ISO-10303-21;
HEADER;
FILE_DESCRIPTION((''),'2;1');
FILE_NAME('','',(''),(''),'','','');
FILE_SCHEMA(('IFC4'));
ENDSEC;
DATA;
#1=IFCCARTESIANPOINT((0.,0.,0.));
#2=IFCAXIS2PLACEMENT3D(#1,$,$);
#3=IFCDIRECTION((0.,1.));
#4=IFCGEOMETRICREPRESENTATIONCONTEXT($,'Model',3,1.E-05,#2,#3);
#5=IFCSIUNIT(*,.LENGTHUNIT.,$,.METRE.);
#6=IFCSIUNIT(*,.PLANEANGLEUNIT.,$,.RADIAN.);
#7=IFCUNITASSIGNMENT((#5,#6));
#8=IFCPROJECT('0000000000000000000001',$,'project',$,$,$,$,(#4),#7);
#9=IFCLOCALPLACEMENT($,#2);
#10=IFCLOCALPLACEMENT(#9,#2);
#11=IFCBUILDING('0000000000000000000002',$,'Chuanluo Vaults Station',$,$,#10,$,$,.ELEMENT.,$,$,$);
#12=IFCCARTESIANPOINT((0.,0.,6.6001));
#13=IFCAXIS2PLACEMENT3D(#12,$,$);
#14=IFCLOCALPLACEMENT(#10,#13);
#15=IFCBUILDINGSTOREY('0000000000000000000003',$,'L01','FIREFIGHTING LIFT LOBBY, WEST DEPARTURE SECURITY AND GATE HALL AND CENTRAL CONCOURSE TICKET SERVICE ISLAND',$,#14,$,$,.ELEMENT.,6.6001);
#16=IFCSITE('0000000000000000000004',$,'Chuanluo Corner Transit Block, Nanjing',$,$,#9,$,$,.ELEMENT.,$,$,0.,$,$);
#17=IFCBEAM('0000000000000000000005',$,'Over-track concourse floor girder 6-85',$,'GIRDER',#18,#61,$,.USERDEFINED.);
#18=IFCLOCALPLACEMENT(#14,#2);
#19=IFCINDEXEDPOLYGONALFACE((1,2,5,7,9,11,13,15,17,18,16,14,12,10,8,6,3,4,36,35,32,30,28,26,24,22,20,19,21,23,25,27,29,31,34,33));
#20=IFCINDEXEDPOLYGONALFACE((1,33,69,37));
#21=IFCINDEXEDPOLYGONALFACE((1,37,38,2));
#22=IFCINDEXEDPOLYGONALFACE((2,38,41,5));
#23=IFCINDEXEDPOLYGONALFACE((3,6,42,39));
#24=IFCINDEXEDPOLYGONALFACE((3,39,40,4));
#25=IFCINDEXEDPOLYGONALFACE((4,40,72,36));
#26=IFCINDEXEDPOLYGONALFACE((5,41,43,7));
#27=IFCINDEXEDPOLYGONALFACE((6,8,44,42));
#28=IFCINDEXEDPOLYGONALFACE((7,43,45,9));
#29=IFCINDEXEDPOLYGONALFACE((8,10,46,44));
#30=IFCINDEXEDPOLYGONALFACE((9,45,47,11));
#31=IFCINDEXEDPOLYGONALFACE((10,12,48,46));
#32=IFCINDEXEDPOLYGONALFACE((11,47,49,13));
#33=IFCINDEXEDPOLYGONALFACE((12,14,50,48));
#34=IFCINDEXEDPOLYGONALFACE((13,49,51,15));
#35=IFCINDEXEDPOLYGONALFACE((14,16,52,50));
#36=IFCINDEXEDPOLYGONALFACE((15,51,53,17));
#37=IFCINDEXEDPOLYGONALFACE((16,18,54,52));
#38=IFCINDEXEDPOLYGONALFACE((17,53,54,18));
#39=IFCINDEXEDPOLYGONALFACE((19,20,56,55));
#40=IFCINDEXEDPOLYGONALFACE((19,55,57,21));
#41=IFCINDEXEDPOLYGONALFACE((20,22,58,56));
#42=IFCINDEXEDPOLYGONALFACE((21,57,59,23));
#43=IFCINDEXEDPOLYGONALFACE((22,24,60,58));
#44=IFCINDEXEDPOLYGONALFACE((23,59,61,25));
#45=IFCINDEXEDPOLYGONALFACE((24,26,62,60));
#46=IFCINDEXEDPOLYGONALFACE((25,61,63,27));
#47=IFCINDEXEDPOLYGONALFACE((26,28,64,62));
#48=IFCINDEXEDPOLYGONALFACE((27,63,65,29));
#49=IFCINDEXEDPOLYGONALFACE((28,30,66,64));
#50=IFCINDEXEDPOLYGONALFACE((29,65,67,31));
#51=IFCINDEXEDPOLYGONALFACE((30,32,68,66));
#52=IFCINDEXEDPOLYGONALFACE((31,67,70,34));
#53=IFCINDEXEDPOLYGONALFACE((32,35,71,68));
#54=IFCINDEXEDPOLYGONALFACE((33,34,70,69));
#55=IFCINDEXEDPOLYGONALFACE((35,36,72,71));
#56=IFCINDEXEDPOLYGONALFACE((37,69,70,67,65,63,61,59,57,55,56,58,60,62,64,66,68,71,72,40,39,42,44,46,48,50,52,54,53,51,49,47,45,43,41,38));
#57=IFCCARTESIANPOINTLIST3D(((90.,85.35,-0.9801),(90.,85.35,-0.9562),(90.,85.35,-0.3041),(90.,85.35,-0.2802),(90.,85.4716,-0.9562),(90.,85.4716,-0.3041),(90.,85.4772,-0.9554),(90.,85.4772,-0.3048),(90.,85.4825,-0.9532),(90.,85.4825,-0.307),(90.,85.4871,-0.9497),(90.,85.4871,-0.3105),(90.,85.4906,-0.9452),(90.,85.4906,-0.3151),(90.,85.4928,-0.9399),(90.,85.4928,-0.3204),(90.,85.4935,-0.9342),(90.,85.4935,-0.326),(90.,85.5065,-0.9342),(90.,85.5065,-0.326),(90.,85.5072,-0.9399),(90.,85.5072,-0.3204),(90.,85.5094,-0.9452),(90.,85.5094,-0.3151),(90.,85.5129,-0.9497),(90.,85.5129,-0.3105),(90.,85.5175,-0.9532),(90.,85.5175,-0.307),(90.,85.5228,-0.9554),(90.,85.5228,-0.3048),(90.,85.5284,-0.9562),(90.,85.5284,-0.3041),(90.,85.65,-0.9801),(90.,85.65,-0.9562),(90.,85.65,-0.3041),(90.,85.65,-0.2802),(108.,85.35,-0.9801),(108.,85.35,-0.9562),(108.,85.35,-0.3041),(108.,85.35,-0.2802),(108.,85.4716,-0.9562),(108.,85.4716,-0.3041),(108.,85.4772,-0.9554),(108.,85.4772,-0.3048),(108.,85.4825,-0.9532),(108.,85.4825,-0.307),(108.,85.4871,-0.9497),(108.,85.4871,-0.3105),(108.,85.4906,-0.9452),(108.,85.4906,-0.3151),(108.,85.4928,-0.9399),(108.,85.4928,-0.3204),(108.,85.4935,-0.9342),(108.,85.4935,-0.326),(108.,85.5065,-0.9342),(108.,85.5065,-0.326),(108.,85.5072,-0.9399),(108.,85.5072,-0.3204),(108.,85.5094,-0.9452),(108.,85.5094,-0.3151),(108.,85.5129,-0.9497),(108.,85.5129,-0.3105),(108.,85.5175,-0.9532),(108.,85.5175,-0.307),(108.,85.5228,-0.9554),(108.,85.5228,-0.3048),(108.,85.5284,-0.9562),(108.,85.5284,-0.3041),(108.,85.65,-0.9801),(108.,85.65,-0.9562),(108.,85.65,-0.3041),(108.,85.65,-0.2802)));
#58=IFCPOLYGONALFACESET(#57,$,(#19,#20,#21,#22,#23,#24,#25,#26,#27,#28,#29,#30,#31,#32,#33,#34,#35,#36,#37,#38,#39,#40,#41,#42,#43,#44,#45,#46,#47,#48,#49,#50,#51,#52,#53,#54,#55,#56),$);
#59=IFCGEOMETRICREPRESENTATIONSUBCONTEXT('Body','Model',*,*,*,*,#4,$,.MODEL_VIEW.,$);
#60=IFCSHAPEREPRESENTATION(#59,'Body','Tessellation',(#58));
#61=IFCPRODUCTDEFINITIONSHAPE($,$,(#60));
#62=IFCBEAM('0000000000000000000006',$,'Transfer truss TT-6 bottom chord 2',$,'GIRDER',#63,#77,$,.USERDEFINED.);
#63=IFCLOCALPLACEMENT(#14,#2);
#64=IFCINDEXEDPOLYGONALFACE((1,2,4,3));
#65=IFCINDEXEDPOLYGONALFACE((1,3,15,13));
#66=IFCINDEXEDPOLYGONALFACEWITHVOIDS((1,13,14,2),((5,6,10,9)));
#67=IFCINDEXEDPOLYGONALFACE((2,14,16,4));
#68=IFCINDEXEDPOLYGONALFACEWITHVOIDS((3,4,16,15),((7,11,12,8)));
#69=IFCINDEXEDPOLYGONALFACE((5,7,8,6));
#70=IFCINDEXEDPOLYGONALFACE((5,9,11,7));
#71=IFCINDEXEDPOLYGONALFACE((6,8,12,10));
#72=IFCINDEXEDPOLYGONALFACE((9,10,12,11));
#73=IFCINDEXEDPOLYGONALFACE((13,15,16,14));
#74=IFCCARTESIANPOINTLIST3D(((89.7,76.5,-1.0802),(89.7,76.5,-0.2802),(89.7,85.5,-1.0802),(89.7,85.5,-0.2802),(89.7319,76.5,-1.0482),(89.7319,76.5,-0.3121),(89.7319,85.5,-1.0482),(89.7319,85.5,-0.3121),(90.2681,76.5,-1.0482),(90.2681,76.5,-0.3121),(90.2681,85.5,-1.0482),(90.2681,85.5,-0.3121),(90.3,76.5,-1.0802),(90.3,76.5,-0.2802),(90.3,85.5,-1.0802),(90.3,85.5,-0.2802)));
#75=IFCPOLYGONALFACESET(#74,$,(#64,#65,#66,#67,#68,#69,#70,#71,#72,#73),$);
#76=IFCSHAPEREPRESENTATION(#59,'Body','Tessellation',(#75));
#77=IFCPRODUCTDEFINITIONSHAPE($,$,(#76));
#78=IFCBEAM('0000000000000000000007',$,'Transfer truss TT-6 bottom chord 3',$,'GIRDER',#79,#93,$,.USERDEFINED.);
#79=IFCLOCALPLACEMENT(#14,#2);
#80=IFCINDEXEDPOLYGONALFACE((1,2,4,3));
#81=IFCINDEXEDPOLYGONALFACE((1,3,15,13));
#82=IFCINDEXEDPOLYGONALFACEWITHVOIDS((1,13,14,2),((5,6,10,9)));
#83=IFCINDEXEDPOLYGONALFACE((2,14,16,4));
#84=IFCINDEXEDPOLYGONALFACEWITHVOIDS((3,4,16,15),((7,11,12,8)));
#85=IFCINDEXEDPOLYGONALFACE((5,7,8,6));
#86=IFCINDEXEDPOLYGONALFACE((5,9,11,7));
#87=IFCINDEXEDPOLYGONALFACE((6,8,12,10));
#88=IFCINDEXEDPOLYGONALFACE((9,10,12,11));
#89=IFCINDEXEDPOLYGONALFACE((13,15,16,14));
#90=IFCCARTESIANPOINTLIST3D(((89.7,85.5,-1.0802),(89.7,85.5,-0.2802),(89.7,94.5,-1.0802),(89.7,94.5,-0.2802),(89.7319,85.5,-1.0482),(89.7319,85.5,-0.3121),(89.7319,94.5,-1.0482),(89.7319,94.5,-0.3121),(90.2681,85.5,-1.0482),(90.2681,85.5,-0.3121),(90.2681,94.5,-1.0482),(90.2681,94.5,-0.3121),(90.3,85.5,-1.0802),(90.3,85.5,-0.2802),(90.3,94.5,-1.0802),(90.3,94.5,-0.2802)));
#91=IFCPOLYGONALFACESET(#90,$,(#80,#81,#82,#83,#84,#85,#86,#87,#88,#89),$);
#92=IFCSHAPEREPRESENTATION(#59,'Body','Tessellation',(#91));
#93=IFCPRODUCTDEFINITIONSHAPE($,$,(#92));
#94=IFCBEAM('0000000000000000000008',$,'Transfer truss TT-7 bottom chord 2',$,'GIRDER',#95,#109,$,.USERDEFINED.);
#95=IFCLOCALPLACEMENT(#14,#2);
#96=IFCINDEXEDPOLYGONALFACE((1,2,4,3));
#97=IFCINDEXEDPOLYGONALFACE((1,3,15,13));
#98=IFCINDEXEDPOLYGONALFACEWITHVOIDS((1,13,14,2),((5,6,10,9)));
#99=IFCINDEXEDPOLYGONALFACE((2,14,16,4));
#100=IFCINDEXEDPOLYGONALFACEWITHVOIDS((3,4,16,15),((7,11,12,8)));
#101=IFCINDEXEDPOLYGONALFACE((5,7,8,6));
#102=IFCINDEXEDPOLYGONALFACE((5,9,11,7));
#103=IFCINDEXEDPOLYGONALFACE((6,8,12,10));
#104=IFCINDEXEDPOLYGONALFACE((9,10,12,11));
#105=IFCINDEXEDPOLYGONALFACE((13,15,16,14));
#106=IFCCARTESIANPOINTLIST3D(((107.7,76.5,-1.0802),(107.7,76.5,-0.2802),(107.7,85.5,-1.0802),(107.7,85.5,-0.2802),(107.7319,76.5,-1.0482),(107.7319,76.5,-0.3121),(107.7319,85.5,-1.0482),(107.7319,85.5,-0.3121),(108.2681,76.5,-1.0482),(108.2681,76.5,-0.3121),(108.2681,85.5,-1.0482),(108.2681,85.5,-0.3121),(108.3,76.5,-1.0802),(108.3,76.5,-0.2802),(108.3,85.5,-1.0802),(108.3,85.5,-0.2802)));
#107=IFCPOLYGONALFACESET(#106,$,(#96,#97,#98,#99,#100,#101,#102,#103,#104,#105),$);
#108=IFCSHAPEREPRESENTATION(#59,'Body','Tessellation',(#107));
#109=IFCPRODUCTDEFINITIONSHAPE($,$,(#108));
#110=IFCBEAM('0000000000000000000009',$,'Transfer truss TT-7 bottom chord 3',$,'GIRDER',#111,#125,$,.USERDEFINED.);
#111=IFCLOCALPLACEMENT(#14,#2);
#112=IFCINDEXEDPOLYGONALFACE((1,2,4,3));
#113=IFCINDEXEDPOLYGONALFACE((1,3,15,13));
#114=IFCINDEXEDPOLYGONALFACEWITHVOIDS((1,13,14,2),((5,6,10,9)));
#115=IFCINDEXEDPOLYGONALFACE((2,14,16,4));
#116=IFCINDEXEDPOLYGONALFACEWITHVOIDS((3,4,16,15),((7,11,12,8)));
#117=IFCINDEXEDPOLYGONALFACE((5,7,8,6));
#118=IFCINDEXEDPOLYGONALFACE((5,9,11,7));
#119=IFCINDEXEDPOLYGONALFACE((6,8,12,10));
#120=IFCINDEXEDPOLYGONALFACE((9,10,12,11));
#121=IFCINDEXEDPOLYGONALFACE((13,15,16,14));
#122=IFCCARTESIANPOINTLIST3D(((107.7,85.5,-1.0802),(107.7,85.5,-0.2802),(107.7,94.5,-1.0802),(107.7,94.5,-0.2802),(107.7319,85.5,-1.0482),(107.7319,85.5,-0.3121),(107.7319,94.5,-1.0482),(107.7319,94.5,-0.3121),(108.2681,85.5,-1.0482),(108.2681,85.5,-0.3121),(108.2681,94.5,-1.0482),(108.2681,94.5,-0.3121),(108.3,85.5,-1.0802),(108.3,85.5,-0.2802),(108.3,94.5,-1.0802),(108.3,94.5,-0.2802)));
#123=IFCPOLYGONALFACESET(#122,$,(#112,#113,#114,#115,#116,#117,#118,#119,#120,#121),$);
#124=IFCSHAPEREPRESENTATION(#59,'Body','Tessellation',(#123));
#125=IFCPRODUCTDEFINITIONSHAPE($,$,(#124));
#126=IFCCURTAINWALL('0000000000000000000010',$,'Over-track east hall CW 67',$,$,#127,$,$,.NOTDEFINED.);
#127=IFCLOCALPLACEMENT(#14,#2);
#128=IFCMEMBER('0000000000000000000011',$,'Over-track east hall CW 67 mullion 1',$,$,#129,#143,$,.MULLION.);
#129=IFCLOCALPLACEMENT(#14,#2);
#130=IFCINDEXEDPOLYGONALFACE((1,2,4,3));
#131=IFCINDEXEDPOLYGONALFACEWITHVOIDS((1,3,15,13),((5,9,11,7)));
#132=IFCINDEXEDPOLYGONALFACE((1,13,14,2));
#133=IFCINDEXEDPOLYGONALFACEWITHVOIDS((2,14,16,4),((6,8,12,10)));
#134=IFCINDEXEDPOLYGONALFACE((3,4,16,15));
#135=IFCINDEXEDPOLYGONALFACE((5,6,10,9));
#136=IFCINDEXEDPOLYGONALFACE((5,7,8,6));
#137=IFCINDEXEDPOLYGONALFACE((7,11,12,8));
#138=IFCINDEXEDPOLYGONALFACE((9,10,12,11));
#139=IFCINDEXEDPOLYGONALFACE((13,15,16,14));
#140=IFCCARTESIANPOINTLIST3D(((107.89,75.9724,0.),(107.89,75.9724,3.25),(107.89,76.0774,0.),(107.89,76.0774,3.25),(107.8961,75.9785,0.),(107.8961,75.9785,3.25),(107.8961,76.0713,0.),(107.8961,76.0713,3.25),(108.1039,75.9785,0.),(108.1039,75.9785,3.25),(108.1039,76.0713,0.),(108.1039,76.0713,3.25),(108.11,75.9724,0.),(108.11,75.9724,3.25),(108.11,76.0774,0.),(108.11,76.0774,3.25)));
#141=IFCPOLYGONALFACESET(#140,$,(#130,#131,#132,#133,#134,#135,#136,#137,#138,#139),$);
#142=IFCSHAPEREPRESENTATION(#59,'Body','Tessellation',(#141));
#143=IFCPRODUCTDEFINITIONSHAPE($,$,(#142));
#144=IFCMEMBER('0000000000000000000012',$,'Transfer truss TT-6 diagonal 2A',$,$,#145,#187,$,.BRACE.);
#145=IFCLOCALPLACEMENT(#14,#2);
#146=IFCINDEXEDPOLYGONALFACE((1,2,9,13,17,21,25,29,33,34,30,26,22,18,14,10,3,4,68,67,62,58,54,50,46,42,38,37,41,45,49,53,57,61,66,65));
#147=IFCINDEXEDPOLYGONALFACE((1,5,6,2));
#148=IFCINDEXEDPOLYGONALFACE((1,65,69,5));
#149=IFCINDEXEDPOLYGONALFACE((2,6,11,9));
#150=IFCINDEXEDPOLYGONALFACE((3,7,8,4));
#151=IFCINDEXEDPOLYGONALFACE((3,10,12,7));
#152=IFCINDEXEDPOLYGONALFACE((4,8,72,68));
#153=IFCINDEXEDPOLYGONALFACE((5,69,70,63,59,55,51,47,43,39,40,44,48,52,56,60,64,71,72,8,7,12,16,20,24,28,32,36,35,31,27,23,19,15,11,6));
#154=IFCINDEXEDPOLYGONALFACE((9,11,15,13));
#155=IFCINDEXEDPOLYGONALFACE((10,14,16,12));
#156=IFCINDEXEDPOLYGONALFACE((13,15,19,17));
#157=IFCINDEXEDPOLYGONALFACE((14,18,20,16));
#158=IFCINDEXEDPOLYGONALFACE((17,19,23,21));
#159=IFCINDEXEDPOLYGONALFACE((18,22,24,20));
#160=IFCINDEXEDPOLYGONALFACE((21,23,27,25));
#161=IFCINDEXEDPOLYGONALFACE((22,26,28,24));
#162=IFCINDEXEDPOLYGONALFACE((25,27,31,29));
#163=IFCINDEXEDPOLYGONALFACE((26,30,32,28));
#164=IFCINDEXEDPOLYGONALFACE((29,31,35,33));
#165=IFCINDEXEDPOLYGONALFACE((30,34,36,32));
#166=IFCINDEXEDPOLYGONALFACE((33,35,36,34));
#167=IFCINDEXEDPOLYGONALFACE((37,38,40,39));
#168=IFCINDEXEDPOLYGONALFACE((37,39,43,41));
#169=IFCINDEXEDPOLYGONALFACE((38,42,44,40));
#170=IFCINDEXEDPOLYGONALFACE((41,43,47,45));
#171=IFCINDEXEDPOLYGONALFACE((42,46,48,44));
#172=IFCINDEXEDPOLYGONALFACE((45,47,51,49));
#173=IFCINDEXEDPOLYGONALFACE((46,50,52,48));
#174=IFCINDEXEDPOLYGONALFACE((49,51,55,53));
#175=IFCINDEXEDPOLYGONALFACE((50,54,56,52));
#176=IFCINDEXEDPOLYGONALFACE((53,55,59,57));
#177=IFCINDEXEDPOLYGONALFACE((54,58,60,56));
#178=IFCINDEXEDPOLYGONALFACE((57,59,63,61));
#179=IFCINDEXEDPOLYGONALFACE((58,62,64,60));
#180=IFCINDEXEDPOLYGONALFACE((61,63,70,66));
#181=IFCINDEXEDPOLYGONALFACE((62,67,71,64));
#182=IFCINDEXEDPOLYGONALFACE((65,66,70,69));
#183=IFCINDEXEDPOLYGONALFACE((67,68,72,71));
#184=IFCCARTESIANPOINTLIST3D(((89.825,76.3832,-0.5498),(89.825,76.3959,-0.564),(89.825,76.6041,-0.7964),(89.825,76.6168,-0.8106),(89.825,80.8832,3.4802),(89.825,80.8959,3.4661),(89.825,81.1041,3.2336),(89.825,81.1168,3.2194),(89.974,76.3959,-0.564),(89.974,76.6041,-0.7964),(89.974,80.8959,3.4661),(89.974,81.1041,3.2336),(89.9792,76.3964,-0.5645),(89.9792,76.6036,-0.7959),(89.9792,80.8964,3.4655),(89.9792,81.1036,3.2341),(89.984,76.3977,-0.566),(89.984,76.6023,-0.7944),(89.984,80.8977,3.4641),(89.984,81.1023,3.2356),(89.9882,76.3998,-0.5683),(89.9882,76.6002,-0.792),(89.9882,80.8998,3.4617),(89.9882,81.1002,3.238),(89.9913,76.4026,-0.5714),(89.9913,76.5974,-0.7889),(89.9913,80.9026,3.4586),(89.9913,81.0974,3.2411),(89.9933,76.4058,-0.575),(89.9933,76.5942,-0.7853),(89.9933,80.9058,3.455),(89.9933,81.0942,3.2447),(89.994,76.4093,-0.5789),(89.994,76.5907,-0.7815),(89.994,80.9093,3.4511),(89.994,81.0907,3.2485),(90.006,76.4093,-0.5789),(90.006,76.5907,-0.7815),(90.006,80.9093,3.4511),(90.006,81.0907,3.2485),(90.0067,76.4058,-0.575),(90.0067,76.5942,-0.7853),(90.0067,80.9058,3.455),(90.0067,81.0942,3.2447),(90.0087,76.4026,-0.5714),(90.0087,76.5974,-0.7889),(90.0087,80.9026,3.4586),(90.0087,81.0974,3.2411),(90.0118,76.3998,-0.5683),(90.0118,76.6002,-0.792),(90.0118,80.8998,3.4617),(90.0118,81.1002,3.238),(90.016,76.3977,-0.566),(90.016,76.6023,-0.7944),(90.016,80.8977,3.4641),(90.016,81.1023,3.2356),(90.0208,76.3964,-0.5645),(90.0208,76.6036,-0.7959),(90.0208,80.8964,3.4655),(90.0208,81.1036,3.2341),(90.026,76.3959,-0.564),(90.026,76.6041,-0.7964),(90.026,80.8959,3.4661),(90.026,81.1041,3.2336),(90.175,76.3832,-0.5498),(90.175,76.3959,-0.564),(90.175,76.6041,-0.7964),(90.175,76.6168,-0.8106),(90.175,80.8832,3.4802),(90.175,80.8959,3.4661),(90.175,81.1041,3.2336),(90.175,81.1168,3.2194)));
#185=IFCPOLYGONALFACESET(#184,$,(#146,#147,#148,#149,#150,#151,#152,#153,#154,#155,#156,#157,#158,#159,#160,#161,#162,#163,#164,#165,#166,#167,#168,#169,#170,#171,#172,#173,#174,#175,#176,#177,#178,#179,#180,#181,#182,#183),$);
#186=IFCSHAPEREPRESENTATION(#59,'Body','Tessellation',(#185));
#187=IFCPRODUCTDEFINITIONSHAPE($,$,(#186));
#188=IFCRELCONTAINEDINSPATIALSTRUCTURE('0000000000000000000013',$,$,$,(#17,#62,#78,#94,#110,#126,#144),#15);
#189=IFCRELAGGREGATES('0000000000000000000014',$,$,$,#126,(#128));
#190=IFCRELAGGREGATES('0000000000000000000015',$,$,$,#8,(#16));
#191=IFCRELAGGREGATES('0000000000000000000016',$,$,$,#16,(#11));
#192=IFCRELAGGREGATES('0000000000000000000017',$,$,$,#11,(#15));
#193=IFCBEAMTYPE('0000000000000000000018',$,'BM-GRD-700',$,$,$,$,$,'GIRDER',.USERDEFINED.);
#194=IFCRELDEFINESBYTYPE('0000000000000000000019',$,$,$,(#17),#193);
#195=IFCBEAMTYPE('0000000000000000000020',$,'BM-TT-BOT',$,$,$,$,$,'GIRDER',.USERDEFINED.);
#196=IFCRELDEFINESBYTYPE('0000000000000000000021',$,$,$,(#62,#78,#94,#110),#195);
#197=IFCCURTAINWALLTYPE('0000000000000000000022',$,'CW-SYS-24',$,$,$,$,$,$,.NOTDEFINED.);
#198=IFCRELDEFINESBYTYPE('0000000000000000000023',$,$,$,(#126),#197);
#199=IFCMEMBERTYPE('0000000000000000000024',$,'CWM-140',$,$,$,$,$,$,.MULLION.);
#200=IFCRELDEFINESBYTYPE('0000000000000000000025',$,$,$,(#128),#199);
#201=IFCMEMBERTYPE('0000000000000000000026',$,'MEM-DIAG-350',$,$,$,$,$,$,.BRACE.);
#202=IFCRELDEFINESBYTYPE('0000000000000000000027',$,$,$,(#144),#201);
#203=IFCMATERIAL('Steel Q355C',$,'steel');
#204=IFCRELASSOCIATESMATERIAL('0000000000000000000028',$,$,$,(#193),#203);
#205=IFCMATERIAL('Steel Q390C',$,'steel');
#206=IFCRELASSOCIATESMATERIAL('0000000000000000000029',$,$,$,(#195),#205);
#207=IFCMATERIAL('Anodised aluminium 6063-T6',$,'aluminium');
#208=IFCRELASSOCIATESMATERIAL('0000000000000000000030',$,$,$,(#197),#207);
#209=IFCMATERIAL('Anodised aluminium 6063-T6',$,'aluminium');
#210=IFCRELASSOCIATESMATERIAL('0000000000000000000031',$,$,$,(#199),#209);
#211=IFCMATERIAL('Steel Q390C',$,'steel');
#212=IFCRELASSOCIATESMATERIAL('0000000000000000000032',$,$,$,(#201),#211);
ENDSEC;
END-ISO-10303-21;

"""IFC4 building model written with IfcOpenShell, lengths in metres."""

from ifc_helpers import new_model, si_unit, direction, frame, origin, origin_2d, place, context, subcontext, project, spatial, hollow_rectangle, i_section, extrude, material, material_profile, profile_set, type_object, element, aggregate, save


model = new_model("IFC4")

# Units and contexts
model_context = context("Model", 3, precision=1e-05, world=origin(), true_north=direction((0.0, 1.0)))
body_context = subcontext(model_context, "Body", "Model", "MODEL_VIEW")
ifc_project = project(units=[si_unit("LENGTHUNIT", "METRE"), si_unit("PLANEANGLEUNIT", "RADIAN")], contexts=[model_context])

# Site, building, storey
site_placement = place(None, origin())
site = spatial("IfcSite", under=ifc_project, at=site_placement, Name="Chuanluo Corner Transit Block, Nanjing", CompositionType="ELEMENT", RefElevation=0.0)
building_placement = place(site_placement, origin())
building = spatial("IfcBuilding", under=site, at=building_placement, Name="Chuanluo Vaults Station", CompositionType="ELEMENT")
storey_placement = place(building_placement, frame((0.0, 0.0, 6.6001)))
storey = spatial("IfcBuildingStorey", under=building, at=storey_placement, Name="L01", Description="FIREFIGHTING LIFT LOBBY, WEST DEPARTURE SECURITY AND GATE HALL AND CENTRAL CONCOURSE TICKET SERVICE ISLAND", CompositionType="ELEMENT", Elevation=6.6001)

# Beams
ifc_material_1 = material(Name="Steel Q355C", Category="steel")
ifc_material_profile_1 = material_profile(ifc_material_1, i_section(OverallWidth=0.3, OverallDepth=0.7, WebThickness=0.0129, FlangeThickness=0.0239, FilletRadius=0.022, at=origin_2d()))
ifc_profile_set_1 = profile_set([ifc_material_profile_1], Name="Steel Q355C")
beam_type_1 = type_object("IfcBeamType", Name="BM-GRD-700", ElementType="GIRDER", PredefinedType="USERDEFINED", material=ifc_profile_set_1)
for number, where, z_axis, x_axis, name in (
    (1, (90.0, 85.5, -0.6301), (1.0, 0.0, 0.0), (0.0, 1.0, 0.0), "Over-track concourse floor girder 6-85"),
):
    element("IfcBeam", number, at=place(storey_placement, frame(where, z_axis=z_axis, x_axis=x_axis)), inside=storey, type_object=beam_type_1, Name=name, ObjectType="GIRDER", PredefinedType="USERDEFINED", context=body_context, shape_type="SweptSolid", body=[
        extrude(i_section(OverallWidth=0.3, OverallDepth=0.7, WebThickness=0.0129, FlangeThickness=0.0239, FilletRadius=0.022, at=origin_2d()), origin(), (0.0, 0.0, 1.0), 18.0),
    ])
ifc_material_2 = material(Name="Steel Q390C", Category="steel")
ifc_material_profile_2 = material_profile(ifc_material_2, hollow_rectangle(XDim=0.6001, YDim=0.8, WallThickness=0.032, at=origin_2d()))
ifc_profile_set_2 = profile_set([ifc_material_profile_2], Name="Steel Q390C")
beam_type_2 = type_object("IfcBeamType", Name="BM-TT-BOT", ElementType="GIRDER", PredefinedType="USERDEFINED", material=ifc_profile_set_2)
for number, where, z_axis, x_axis, name in (
    (2, (90.0, 76.5, -0.6802), (0.0, 1.0, 0.0), (-1.0, 0.0, 0.0), "Transfer truss TT-6 bottom chord 2"),
    (3, (90.0, 85.5, -0.6802), (0.0, 1.0, 0.0), (-1.0, 0.0, 0.0), "Transfer truss TT-6 bottom chord 3"),
    (4, (108.0, 76.5, -0.6802), (0.0, 1.0, 0.0), (-1.0, 0.0, 0.0), "Transfer truss TT-7 bottom chord 2"),
    (5, (108.0, 85.5, -0.6802), (0.0, 1.0, 0.0), (-1.0, 0.0, 0.0), "Transfer truss TT-7 bottom chord 3"),
):
    element("IfcBeam", number, at=place(storey_placement, frame(where, z_axis=z_axis, x_axis=x_axis)), inside=storey, type_object=beam_type_2, Name=name, ObjectType="GIRDER", PredefinedType="USERDEFINED", context=body_context, shape_type="SweptSolid", body=[
        extrude(hollow_rectangle(XDim=0.6001, YDim=0.8, WallThickness=0.032, at=origin_2d()), origin(), (0.0, 0.0, 1.0), 9.0),
    ])

# Curtain wall, member
ifc_material_3 = material(Name="Anodised aluminium 6063-T6", Category="aluminium")
curtain_wall_type = type_object("IfcCurtainWallType", Name="CW-SYS-24", PredefinedType="NOTDEFINED", material=ifc_material_3)
curtain_wall_placement = place(storey_placement, origin())
curtain_wall = element("IfcCurtainWall", 6, at=curtain_wall_placement, inside=storey, type_object=curtain_wall_type, Name="Over-track east hall CW 67", PredefinedType="NOTDEFINED")
ifc_material_4 = material(Name="Anodised aluminium 6063-T6", Category="aluminium")
ifc_material_profile_3 = material_profile(ifc_material_4, hollow_rectangle(XDim=0.105, YDim=0.22, WallThickness=0.0061, at=origin_2d()))
ifc_profile_set_3 = profile_set([ifc_material_profile_3], Name="Anodised aluminium 6063-T6")
member_type_1 = type_object("IfcMemberType", Name="CWM-140", PredefinedType="MULLION", material=ifc_profile_set_3)
member_1_placement = place(storey_placement, frame((108.0, 76.0249, 0.0), z_axis=(0.0, 0.0, 1.0), x_axis=(0.0, -1.0, 0.0)))
member_1 = element("IfcMember", 7, at=member_1_placement, type_object=member_type_1, Name="Over-track east hall CW 67 mullion 1", PredefinedType="MULLION", context=body_context, shape_type="SweptSolid", body=[
    extrude(hollow_rectangle(XDim=0.105, YDim=0.22, WallThickness=0.0061, at=origin_2d()), origin(), (0.0, 0.0, 1.0), 3.25),
])
aggregate(curtain_wall, [member_1])

# Member
ifc_material_5 = material(Name="Steel Q390C", Category="steel")
ifc_material_profile_4 = material_profile(ifc_material_5, i_section(OverallWidth=0.3501, OverallDepth=0.3501, WebThickness=0.012, FlangeThickness=0.019, FilletRadius=0.02, at=origin_2d()))
ifc_profile_set_4 = profile_set([ifc_material_profile_4], Name="Steel Q390C")
member_type_2 = type_object("IfcMemberType", Name="MEM-DIAG-350", PredefinedType="BRACE", material=ifc_profile_set_4)
for number, where, z_axis, x_axis, name in (
    (8, (90.0, 76.5, -0.6802), (0.0, 0.744936, 0.667136), (-1.0, 0.0, 0.0), "Transfer truss TT-6 diagonal 2A"),
):
    element("IfcMember", number, at=place(storey_placement, frame(where, z_axis=z_axis, x_axis=x_axis)), inside=storey, type_object=member_type_2, Name=name, PredefinedType="BRACE", context=body_context, shape_type="SweptSolid", body=[
        extrude(i_section(OverallWidth=0.3501, OverallDepth=0.3501, WebThickness=0.012, FlangeThickness=0.019, FilletRadius=0.02, at=origin_2d()), origin(), (0.0, 0.0, 1.0), 6.0408),
    ])

save(model, "model.ifc")
